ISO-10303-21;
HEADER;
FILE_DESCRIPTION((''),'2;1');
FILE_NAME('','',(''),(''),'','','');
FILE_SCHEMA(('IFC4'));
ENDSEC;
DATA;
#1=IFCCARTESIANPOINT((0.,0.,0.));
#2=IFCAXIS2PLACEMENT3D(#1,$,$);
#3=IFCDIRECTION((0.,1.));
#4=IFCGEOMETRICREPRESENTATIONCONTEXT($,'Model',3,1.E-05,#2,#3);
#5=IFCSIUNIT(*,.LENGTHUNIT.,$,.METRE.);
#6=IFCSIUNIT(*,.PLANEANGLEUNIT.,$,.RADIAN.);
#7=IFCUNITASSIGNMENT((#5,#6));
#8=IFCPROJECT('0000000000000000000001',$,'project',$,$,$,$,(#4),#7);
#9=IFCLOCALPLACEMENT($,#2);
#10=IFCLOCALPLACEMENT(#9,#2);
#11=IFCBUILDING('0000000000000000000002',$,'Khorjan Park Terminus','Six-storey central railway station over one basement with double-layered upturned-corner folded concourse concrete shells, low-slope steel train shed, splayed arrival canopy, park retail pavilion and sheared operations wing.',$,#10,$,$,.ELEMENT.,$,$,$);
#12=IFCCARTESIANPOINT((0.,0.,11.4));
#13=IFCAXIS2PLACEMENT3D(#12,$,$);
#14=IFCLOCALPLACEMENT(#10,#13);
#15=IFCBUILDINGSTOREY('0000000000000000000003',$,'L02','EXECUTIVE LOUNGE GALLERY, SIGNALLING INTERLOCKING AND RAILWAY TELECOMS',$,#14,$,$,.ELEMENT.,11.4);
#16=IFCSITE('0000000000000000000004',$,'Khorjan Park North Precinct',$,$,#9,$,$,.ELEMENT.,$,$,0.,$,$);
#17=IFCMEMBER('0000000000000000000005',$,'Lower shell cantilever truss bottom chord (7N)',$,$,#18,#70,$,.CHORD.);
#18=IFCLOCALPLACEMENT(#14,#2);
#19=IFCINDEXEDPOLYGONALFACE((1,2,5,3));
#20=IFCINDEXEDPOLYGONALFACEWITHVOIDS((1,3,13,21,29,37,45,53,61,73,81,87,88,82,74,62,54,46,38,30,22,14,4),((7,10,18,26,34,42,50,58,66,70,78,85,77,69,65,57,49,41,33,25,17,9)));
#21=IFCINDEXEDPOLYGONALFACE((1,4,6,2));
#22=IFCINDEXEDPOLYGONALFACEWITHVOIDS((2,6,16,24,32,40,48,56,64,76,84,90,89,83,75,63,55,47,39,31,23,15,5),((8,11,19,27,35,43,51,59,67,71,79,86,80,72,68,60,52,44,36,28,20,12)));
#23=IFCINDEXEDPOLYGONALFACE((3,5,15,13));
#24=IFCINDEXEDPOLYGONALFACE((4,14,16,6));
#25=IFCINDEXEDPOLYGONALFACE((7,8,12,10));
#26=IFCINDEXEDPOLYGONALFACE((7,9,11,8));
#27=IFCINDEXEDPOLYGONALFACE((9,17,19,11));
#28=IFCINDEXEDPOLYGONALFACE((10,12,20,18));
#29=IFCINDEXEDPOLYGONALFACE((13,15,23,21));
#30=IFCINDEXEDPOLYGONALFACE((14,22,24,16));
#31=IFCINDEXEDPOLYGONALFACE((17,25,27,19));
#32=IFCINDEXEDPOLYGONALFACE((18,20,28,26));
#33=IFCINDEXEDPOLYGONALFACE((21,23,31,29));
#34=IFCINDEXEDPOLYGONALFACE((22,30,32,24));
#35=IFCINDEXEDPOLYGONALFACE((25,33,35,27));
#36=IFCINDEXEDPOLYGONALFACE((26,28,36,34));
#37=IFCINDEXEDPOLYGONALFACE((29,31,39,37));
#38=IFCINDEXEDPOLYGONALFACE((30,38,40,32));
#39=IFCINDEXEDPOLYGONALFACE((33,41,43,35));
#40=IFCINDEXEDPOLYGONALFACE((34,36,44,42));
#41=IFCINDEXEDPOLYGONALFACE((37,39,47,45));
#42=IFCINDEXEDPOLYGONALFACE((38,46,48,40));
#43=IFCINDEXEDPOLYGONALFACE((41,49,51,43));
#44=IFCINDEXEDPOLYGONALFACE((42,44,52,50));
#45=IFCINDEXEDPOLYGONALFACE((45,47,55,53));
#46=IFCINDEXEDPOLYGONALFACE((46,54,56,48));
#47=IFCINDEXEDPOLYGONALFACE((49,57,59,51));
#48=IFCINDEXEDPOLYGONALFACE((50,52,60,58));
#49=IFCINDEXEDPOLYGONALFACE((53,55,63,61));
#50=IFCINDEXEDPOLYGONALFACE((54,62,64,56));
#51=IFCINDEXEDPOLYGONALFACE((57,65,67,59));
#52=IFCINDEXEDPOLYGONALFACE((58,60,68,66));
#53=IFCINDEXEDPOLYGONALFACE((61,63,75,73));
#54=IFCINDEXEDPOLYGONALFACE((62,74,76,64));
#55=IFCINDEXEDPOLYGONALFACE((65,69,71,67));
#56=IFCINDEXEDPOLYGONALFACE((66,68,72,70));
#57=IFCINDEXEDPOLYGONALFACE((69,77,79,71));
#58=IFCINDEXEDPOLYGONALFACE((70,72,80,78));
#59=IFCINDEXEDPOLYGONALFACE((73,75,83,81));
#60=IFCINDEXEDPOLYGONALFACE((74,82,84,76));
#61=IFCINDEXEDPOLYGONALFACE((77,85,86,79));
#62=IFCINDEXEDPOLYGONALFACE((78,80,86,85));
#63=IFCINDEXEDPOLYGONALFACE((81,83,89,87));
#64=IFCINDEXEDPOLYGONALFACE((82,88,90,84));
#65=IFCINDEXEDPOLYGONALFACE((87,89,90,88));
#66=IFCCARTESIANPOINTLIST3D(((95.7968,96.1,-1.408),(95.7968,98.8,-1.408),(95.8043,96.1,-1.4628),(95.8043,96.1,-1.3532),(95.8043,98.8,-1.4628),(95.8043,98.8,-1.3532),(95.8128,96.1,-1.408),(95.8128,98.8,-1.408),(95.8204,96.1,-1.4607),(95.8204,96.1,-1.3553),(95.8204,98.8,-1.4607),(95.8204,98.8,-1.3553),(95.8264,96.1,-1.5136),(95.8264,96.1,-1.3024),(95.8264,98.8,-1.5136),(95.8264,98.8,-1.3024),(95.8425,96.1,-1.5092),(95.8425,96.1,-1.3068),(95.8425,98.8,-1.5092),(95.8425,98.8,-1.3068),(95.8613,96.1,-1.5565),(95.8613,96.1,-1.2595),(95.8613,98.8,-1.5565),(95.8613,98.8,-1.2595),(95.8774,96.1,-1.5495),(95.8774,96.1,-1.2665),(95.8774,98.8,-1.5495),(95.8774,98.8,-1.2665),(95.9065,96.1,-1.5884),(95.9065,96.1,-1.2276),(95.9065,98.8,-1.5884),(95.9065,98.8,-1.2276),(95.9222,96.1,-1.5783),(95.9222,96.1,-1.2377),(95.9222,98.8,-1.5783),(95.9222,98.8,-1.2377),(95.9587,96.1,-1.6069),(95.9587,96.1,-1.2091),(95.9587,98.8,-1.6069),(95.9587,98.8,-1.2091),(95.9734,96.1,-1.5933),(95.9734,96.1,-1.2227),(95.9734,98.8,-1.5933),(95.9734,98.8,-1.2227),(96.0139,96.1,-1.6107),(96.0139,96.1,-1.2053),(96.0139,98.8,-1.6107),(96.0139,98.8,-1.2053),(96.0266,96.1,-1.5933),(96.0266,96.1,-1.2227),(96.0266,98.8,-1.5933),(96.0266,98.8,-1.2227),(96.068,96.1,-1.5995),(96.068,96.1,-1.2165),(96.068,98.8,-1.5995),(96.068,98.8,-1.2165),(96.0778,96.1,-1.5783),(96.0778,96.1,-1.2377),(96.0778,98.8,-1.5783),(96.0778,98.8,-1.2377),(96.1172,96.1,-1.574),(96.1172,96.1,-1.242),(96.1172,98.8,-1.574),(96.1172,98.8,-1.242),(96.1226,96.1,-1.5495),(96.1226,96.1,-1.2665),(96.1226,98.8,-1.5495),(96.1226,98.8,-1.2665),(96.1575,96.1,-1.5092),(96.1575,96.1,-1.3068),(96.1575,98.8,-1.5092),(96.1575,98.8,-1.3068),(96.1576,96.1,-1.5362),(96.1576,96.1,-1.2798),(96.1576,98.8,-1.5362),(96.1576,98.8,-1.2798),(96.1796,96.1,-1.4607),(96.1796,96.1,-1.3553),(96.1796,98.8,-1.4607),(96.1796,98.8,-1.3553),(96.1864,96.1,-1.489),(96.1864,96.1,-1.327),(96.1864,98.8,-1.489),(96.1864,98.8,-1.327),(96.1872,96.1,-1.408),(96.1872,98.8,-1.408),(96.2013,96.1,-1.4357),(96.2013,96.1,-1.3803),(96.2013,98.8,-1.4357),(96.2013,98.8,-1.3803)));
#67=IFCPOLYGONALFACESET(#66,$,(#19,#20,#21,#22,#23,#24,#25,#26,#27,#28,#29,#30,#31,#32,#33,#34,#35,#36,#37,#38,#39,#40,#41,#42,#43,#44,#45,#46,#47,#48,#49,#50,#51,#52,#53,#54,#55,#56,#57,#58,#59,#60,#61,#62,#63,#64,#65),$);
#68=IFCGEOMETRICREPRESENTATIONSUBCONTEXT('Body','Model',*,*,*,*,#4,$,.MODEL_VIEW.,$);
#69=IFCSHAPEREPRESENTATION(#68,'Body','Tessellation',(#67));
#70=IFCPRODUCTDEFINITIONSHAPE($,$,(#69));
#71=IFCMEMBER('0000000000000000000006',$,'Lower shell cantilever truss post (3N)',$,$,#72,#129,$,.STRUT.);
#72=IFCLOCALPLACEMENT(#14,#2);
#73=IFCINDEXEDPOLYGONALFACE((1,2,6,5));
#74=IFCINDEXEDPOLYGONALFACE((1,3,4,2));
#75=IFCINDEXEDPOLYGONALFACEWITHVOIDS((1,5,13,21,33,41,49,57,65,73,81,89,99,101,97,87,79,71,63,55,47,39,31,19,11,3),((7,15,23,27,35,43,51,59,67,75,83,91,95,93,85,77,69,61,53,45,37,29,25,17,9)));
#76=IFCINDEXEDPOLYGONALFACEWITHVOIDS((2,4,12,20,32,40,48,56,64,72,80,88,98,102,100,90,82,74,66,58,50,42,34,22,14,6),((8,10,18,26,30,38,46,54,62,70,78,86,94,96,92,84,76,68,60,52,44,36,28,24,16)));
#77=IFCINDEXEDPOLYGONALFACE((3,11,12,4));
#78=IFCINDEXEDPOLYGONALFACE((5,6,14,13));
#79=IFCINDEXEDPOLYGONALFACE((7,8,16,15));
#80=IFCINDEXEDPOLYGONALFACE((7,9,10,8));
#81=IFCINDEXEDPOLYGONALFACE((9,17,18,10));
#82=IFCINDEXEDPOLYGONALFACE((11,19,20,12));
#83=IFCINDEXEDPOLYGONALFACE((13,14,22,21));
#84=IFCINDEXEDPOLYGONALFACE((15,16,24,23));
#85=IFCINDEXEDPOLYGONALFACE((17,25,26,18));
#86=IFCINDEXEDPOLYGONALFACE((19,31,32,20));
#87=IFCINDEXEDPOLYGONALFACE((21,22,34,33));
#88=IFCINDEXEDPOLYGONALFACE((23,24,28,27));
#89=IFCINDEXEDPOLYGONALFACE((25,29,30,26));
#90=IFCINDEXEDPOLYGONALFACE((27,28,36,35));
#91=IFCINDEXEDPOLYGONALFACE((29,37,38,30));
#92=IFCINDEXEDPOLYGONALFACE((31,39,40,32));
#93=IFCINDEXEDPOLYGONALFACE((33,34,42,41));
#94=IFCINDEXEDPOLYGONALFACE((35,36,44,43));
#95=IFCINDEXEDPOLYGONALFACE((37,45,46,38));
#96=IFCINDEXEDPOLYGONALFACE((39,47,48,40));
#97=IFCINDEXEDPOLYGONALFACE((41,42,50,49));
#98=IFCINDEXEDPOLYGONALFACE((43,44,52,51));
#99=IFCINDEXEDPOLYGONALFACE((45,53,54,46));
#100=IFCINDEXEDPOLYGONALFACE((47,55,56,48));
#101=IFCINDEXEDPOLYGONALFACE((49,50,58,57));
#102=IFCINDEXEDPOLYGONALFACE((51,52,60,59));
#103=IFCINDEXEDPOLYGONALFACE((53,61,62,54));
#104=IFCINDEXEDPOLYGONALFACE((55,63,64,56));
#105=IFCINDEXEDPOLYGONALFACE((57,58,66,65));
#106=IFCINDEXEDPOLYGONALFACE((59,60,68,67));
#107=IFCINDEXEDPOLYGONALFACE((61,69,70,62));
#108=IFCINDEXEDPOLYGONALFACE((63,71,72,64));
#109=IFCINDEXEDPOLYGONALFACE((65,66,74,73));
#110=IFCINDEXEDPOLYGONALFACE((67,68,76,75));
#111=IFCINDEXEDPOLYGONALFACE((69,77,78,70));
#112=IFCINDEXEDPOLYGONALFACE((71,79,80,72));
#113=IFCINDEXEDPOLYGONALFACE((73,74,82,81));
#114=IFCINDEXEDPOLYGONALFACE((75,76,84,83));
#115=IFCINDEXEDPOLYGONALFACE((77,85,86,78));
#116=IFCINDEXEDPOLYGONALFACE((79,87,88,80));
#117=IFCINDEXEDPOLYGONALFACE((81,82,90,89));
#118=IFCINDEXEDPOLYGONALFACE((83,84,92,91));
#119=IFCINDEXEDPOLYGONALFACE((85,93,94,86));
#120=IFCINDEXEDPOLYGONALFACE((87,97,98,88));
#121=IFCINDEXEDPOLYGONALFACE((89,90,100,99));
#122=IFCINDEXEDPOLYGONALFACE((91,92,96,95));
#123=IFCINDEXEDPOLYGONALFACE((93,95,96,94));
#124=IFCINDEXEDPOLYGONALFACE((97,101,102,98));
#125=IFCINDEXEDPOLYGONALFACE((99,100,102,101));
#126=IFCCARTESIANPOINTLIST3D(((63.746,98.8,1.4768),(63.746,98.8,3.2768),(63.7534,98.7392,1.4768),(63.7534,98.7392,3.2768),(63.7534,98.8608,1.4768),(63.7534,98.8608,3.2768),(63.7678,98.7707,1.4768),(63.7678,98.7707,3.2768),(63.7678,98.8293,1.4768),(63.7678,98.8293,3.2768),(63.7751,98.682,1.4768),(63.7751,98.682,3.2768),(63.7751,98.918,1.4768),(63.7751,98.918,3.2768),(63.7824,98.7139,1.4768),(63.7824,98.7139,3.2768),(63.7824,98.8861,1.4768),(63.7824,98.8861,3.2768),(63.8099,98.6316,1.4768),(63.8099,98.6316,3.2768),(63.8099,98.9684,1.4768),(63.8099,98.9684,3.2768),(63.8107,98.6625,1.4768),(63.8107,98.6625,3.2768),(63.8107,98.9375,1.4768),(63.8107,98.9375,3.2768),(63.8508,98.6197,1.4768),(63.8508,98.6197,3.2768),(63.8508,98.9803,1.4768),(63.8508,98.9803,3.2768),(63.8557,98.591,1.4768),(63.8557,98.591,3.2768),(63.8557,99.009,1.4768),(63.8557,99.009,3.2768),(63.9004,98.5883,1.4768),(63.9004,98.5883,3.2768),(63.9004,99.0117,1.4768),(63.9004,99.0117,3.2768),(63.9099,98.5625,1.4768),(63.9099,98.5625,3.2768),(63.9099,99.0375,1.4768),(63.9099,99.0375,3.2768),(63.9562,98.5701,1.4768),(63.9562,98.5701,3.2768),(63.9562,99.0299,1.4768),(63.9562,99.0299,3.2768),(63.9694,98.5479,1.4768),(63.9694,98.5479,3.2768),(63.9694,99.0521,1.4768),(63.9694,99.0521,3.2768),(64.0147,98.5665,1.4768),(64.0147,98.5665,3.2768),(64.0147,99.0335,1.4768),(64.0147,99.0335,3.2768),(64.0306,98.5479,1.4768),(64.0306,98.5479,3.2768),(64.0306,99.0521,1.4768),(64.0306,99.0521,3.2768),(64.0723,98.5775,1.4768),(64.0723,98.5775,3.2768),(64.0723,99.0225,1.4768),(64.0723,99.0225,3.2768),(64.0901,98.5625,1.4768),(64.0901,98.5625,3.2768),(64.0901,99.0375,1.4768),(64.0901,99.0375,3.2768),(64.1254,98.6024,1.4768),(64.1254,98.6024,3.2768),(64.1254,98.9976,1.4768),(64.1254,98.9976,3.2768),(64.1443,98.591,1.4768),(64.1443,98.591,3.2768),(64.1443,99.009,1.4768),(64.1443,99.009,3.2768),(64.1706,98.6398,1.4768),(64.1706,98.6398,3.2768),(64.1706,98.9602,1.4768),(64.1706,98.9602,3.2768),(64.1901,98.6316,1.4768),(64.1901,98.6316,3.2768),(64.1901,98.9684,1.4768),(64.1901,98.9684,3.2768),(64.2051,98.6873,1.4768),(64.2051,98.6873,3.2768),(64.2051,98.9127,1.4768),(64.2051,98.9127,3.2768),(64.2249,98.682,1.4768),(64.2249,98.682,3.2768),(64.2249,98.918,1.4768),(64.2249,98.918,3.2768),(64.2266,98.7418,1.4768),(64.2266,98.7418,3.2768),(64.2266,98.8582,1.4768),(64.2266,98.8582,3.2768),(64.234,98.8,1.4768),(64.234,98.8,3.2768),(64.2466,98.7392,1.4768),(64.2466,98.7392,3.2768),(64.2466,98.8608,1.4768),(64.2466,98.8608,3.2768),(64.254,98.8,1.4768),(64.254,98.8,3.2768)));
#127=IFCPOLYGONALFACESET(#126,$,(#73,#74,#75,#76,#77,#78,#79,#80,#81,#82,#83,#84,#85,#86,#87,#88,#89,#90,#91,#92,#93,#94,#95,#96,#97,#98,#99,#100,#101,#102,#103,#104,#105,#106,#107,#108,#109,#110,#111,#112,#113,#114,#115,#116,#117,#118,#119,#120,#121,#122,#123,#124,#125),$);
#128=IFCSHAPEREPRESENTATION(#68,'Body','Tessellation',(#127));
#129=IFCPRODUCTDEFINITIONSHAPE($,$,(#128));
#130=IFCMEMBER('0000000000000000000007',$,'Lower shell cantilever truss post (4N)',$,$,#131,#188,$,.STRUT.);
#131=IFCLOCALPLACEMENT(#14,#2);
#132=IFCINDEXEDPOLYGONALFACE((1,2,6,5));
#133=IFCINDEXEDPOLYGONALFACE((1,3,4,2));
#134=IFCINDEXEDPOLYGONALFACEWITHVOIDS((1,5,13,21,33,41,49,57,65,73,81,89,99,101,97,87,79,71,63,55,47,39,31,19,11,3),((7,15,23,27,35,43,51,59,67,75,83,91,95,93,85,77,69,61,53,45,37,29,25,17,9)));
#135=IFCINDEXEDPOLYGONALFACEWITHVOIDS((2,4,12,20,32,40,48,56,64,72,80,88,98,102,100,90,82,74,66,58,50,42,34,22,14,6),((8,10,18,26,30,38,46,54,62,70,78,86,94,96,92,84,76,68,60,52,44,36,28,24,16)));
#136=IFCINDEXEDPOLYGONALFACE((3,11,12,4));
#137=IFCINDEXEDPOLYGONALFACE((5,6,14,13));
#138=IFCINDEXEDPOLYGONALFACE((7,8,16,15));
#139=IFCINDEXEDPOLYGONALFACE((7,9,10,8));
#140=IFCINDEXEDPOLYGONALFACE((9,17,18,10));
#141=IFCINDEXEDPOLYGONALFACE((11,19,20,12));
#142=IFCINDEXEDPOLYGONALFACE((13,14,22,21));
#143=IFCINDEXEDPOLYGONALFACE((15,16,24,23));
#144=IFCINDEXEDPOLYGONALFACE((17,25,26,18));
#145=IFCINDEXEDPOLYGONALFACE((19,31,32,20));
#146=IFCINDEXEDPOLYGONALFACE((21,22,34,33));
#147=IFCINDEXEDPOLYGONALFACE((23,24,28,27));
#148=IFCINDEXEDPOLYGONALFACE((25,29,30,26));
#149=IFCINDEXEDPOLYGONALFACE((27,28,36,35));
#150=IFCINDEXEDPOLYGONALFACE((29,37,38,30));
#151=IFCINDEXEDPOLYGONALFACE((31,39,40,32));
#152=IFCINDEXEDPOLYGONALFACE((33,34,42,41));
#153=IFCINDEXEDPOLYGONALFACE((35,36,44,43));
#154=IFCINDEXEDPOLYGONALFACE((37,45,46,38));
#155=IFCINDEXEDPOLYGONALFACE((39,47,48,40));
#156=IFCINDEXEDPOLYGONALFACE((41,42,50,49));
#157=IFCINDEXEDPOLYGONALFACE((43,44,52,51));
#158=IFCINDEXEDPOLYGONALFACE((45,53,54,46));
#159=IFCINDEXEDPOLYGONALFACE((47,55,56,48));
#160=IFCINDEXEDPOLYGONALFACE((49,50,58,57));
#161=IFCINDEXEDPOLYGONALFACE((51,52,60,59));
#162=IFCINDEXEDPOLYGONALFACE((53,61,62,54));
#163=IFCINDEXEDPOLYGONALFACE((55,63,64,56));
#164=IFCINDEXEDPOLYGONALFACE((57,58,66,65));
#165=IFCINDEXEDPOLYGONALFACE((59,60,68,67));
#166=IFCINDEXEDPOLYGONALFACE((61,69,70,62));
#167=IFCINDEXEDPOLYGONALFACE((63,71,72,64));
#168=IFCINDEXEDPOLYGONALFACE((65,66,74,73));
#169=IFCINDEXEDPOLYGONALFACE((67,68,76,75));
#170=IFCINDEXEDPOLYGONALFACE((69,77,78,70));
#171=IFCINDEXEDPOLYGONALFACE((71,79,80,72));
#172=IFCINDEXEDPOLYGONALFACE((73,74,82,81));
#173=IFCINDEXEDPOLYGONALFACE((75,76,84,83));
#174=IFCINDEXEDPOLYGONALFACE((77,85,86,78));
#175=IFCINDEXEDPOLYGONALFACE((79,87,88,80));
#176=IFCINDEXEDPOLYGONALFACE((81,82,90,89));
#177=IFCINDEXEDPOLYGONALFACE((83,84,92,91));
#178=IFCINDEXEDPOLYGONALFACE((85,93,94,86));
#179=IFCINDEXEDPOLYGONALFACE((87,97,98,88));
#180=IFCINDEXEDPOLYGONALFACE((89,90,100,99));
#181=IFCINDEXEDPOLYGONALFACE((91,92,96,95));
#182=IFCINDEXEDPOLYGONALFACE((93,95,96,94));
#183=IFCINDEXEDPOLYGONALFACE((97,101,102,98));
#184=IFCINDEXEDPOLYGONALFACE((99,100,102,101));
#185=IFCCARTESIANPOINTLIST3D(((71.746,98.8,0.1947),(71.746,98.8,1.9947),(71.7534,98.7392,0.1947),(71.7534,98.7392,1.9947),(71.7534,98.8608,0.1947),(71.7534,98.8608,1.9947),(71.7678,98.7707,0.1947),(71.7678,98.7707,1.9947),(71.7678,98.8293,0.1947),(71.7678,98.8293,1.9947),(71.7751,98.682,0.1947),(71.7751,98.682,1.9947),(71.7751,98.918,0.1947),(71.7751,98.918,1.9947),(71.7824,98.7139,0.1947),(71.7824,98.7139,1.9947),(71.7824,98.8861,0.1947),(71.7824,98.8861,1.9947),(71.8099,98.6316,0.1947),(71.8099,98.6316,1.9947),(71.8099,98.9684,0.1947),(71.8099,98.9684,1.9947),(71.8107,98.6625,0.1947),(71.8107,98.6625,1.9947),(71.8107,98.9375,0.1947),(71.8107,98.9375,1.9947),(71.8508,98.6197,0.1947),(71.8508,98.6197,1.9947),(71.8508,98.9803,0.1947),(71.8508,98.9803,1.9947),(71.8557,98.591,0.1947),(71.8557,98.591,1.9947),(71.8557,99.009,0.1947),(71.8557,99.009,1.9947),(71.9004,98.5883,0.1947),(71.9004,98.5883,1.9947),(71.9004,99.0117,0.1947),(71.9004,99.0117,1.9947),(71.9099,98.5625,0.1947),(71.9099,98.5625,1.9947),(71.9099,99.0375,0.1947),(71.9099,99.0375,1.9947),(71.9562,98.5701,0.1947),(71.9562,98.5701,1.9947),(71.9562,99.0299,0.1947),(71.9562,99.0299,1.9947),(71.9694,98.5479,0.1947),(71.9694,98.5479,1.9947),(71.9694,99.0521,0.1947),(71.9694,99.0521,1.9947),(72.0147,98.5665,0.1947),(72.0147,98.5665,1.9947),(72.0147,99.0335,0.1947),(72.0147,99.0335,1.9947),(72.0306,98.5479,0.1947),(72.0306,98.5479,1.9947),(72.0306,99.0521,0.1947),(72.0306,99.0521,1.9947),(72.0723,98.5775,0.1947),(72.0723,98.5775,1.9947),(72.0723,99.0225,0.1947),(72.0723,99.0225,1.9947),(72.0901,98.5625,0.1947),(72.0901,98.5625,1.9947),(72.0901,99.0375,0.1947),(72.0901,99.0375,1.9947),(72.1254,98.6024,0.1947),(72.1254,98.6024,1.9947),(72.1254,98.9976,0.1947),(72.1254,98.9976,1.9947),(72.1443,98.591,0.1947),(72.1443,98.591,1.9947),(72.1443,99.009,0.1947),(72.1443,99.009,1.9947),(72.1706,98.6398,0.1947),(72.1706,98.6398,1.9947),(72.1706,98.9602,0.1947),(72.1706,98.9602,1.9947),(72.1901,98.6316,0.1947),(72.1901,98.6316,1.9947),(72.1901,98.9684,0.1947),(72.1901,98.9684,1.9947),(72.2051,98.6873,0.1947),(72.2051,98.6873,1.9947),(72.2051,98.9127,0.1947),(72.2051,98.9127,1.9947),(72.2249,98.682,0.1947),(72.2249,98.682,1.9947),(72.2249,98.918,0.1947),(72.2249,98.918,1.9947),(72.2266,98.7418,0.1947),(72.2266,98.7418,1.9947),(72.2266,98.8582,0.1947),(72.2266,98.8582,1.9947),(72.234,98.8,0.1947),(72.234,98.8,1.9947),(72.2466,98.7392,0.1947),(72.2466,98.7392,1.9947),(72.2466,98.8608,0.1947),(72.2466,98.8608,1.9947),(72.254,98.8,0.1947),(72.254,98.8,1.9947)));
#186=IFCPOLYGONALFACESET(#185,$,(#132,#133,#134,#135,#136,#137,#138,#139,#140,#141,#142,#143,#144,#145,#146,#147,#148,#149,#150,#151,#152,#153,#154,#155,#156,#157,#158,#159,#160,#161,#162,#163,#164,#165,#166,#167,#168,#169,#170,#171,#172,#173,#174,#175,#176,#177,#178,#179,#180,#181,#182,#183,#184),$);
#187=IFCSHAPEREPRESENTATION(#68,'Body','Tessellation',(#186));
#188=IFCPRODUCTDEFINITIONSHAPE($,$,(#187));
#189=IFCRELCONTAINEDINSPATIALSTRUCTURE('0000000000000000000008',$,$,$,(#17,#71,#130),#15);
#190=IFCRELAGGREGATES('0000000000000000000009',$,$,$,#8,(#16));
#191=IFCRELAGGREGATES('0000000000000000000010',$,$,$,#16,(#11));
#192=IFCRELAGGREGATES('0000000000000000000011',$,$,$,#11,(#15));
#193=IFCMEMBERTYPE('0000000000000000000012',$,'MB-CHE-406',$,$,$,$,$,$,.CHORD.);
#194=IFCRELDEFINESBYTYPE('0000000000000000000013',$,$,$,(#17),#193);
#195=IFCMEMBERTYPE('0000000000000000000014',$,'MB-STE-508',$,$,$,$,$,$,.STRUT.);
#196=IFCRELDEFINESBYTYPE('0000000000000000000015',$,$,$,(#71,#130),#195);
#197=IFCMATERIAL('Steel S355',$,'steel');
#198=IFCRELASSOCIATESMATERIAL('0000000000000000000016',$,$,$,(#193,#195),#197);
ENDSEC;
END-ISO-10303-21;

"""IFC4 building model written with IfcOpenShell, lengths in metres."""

from ifc_helpers import new_model, si_unit, direction, frame, origin, origin_2d, place, context, subcontext, project, spatial, hollow_circle, extrude, material, material_profile, profile_set, type_object, element, save


model = new_model("IFC4")

# Units and contexts
model_context = context("Model", 3, precision=1e-05, world=origin(), true_north=direction((0.0, 1.0)))
body_context = subcontext(model_context, "Body", "Model", "MODEL_VIEW")
ifc_project = project(units=[si_unit("LENGTHUNIT", "METRE"), si_unit("PLANEANGLEUNIT", "RADIAN")], contexts=[model_context])

# Site, building, storey
site_placement = place(None, origin())
site = spatial("IfcSite", under=ifc_project, at=site_placement, Name="Khorjan Park North Precinct", CompositionType="ELEMENT", RefElevation=0.0)
building_placement = place(site_placement, origin())
building = spatial("IfcBuilding", under=site, at=building_placement, Name="Khorjan Park Terminus", Description="Six-storey central railway station over one basement with double-layered upturned-corner folded concourse concrete shells, low-slope steel train shed, splayed arrival canopy, park retail pavilion and sheared operations wing.", CompositionType="ELEMENT")
storey_placement = place(building_placement, frame((0.0, 0.0, 11.4)))
storey = spatial("IfcBuildingStorey", under=building, at=storey_placement, Name="L02", Description="EXECUTIVE LOUNGE GALLERY, SIGNALLING INTERLOCKING AND RAILWAY TELECOMS", CompositionType="ELEMENT", Elevation=11.4)

# Shared definitions
ifc_material = material(Name="Steel S355", Category="steel")

# Members
ifc_material_profile_1 = material_profile(ifc_material, hollow_circle(Radius=0.2032, WallThickness=0.016, at=origin_2d()), Name="CHS 406.4x16")
ifc_profile_set_1 = profile_set([ifc_material_profile_1], Name="Steel S355")
member_type_1 = type_object("IfcMemberType", Name="MB-CHE-406", PredefinedType="CHORD", material=ifc_profile_set_1)
for number, where, z_axis, x_axis, name in (
    (1, (96.0, 96.1, -1.408), (0.0, 1.0, 0.0), (-1.0, 0.0, 0.0), "Lower shell cantilever truss bottom chord (7N)"),
):
    element("IfcMember", number, at=place(storey_placement, frame(where, z_axis=z_axis, x_axis=x_axis)), inside=storey, type_object=member_type_1, Name=name, PredefinedType="CHORD", context=body_context, shape_type="SweptSolid", body=[
        extrude(hollow_circle(Radius=0.2032, WallThickness=0.016, at=origin_2d()), origin(), (0.0, 0.0, 1.0), 2.7),
    ])
ifc_material_profile_2 = material_profile(ifc_material, hollow_circle(Radius=0.254, WallThickness=0.02, at=origin_2d()), Name="CHS 508x20")
ifc_profile_set_2 = profile_set([ifc_material_profile_2], Name="Steel S355")
member_type_2 = type_object("IfcMemberType", Name="MB-STE-508", PredefinedType="STRUT", material=ifc_profile_set_2)
for number, where, z_axis, x_axis, name in (
    (2, (64.0, 98.8, 1.4768), (0.0, 0.0, 1.0), (1.0, 0.0, 0.0), "Lower shell cantilever truss post (3N)"),
    (3, (72.0, 98.8, 0.1947), (0.0, 0.0, 1.0), (1.0, 0.0, 0.0), "Lower shell cantilever truss post (4N)"),
):
    element("IfcMember", number, at=place(storey_placement, frame(where, z_axis=z_axis, x_axis=x_axis)), inside=storey, type_object=member_type_2, Name=name, PredefinedType="STRUT", context=body_context, shape_type="SweptSolid", body=[
        extrude(hollow_circle(Radius=0.254, WallThickness=0.02, at=origin_2d()), origin(), (0.0, 0.0, 1.0), 1.8),
    ])

save(model, "model.ifc")
